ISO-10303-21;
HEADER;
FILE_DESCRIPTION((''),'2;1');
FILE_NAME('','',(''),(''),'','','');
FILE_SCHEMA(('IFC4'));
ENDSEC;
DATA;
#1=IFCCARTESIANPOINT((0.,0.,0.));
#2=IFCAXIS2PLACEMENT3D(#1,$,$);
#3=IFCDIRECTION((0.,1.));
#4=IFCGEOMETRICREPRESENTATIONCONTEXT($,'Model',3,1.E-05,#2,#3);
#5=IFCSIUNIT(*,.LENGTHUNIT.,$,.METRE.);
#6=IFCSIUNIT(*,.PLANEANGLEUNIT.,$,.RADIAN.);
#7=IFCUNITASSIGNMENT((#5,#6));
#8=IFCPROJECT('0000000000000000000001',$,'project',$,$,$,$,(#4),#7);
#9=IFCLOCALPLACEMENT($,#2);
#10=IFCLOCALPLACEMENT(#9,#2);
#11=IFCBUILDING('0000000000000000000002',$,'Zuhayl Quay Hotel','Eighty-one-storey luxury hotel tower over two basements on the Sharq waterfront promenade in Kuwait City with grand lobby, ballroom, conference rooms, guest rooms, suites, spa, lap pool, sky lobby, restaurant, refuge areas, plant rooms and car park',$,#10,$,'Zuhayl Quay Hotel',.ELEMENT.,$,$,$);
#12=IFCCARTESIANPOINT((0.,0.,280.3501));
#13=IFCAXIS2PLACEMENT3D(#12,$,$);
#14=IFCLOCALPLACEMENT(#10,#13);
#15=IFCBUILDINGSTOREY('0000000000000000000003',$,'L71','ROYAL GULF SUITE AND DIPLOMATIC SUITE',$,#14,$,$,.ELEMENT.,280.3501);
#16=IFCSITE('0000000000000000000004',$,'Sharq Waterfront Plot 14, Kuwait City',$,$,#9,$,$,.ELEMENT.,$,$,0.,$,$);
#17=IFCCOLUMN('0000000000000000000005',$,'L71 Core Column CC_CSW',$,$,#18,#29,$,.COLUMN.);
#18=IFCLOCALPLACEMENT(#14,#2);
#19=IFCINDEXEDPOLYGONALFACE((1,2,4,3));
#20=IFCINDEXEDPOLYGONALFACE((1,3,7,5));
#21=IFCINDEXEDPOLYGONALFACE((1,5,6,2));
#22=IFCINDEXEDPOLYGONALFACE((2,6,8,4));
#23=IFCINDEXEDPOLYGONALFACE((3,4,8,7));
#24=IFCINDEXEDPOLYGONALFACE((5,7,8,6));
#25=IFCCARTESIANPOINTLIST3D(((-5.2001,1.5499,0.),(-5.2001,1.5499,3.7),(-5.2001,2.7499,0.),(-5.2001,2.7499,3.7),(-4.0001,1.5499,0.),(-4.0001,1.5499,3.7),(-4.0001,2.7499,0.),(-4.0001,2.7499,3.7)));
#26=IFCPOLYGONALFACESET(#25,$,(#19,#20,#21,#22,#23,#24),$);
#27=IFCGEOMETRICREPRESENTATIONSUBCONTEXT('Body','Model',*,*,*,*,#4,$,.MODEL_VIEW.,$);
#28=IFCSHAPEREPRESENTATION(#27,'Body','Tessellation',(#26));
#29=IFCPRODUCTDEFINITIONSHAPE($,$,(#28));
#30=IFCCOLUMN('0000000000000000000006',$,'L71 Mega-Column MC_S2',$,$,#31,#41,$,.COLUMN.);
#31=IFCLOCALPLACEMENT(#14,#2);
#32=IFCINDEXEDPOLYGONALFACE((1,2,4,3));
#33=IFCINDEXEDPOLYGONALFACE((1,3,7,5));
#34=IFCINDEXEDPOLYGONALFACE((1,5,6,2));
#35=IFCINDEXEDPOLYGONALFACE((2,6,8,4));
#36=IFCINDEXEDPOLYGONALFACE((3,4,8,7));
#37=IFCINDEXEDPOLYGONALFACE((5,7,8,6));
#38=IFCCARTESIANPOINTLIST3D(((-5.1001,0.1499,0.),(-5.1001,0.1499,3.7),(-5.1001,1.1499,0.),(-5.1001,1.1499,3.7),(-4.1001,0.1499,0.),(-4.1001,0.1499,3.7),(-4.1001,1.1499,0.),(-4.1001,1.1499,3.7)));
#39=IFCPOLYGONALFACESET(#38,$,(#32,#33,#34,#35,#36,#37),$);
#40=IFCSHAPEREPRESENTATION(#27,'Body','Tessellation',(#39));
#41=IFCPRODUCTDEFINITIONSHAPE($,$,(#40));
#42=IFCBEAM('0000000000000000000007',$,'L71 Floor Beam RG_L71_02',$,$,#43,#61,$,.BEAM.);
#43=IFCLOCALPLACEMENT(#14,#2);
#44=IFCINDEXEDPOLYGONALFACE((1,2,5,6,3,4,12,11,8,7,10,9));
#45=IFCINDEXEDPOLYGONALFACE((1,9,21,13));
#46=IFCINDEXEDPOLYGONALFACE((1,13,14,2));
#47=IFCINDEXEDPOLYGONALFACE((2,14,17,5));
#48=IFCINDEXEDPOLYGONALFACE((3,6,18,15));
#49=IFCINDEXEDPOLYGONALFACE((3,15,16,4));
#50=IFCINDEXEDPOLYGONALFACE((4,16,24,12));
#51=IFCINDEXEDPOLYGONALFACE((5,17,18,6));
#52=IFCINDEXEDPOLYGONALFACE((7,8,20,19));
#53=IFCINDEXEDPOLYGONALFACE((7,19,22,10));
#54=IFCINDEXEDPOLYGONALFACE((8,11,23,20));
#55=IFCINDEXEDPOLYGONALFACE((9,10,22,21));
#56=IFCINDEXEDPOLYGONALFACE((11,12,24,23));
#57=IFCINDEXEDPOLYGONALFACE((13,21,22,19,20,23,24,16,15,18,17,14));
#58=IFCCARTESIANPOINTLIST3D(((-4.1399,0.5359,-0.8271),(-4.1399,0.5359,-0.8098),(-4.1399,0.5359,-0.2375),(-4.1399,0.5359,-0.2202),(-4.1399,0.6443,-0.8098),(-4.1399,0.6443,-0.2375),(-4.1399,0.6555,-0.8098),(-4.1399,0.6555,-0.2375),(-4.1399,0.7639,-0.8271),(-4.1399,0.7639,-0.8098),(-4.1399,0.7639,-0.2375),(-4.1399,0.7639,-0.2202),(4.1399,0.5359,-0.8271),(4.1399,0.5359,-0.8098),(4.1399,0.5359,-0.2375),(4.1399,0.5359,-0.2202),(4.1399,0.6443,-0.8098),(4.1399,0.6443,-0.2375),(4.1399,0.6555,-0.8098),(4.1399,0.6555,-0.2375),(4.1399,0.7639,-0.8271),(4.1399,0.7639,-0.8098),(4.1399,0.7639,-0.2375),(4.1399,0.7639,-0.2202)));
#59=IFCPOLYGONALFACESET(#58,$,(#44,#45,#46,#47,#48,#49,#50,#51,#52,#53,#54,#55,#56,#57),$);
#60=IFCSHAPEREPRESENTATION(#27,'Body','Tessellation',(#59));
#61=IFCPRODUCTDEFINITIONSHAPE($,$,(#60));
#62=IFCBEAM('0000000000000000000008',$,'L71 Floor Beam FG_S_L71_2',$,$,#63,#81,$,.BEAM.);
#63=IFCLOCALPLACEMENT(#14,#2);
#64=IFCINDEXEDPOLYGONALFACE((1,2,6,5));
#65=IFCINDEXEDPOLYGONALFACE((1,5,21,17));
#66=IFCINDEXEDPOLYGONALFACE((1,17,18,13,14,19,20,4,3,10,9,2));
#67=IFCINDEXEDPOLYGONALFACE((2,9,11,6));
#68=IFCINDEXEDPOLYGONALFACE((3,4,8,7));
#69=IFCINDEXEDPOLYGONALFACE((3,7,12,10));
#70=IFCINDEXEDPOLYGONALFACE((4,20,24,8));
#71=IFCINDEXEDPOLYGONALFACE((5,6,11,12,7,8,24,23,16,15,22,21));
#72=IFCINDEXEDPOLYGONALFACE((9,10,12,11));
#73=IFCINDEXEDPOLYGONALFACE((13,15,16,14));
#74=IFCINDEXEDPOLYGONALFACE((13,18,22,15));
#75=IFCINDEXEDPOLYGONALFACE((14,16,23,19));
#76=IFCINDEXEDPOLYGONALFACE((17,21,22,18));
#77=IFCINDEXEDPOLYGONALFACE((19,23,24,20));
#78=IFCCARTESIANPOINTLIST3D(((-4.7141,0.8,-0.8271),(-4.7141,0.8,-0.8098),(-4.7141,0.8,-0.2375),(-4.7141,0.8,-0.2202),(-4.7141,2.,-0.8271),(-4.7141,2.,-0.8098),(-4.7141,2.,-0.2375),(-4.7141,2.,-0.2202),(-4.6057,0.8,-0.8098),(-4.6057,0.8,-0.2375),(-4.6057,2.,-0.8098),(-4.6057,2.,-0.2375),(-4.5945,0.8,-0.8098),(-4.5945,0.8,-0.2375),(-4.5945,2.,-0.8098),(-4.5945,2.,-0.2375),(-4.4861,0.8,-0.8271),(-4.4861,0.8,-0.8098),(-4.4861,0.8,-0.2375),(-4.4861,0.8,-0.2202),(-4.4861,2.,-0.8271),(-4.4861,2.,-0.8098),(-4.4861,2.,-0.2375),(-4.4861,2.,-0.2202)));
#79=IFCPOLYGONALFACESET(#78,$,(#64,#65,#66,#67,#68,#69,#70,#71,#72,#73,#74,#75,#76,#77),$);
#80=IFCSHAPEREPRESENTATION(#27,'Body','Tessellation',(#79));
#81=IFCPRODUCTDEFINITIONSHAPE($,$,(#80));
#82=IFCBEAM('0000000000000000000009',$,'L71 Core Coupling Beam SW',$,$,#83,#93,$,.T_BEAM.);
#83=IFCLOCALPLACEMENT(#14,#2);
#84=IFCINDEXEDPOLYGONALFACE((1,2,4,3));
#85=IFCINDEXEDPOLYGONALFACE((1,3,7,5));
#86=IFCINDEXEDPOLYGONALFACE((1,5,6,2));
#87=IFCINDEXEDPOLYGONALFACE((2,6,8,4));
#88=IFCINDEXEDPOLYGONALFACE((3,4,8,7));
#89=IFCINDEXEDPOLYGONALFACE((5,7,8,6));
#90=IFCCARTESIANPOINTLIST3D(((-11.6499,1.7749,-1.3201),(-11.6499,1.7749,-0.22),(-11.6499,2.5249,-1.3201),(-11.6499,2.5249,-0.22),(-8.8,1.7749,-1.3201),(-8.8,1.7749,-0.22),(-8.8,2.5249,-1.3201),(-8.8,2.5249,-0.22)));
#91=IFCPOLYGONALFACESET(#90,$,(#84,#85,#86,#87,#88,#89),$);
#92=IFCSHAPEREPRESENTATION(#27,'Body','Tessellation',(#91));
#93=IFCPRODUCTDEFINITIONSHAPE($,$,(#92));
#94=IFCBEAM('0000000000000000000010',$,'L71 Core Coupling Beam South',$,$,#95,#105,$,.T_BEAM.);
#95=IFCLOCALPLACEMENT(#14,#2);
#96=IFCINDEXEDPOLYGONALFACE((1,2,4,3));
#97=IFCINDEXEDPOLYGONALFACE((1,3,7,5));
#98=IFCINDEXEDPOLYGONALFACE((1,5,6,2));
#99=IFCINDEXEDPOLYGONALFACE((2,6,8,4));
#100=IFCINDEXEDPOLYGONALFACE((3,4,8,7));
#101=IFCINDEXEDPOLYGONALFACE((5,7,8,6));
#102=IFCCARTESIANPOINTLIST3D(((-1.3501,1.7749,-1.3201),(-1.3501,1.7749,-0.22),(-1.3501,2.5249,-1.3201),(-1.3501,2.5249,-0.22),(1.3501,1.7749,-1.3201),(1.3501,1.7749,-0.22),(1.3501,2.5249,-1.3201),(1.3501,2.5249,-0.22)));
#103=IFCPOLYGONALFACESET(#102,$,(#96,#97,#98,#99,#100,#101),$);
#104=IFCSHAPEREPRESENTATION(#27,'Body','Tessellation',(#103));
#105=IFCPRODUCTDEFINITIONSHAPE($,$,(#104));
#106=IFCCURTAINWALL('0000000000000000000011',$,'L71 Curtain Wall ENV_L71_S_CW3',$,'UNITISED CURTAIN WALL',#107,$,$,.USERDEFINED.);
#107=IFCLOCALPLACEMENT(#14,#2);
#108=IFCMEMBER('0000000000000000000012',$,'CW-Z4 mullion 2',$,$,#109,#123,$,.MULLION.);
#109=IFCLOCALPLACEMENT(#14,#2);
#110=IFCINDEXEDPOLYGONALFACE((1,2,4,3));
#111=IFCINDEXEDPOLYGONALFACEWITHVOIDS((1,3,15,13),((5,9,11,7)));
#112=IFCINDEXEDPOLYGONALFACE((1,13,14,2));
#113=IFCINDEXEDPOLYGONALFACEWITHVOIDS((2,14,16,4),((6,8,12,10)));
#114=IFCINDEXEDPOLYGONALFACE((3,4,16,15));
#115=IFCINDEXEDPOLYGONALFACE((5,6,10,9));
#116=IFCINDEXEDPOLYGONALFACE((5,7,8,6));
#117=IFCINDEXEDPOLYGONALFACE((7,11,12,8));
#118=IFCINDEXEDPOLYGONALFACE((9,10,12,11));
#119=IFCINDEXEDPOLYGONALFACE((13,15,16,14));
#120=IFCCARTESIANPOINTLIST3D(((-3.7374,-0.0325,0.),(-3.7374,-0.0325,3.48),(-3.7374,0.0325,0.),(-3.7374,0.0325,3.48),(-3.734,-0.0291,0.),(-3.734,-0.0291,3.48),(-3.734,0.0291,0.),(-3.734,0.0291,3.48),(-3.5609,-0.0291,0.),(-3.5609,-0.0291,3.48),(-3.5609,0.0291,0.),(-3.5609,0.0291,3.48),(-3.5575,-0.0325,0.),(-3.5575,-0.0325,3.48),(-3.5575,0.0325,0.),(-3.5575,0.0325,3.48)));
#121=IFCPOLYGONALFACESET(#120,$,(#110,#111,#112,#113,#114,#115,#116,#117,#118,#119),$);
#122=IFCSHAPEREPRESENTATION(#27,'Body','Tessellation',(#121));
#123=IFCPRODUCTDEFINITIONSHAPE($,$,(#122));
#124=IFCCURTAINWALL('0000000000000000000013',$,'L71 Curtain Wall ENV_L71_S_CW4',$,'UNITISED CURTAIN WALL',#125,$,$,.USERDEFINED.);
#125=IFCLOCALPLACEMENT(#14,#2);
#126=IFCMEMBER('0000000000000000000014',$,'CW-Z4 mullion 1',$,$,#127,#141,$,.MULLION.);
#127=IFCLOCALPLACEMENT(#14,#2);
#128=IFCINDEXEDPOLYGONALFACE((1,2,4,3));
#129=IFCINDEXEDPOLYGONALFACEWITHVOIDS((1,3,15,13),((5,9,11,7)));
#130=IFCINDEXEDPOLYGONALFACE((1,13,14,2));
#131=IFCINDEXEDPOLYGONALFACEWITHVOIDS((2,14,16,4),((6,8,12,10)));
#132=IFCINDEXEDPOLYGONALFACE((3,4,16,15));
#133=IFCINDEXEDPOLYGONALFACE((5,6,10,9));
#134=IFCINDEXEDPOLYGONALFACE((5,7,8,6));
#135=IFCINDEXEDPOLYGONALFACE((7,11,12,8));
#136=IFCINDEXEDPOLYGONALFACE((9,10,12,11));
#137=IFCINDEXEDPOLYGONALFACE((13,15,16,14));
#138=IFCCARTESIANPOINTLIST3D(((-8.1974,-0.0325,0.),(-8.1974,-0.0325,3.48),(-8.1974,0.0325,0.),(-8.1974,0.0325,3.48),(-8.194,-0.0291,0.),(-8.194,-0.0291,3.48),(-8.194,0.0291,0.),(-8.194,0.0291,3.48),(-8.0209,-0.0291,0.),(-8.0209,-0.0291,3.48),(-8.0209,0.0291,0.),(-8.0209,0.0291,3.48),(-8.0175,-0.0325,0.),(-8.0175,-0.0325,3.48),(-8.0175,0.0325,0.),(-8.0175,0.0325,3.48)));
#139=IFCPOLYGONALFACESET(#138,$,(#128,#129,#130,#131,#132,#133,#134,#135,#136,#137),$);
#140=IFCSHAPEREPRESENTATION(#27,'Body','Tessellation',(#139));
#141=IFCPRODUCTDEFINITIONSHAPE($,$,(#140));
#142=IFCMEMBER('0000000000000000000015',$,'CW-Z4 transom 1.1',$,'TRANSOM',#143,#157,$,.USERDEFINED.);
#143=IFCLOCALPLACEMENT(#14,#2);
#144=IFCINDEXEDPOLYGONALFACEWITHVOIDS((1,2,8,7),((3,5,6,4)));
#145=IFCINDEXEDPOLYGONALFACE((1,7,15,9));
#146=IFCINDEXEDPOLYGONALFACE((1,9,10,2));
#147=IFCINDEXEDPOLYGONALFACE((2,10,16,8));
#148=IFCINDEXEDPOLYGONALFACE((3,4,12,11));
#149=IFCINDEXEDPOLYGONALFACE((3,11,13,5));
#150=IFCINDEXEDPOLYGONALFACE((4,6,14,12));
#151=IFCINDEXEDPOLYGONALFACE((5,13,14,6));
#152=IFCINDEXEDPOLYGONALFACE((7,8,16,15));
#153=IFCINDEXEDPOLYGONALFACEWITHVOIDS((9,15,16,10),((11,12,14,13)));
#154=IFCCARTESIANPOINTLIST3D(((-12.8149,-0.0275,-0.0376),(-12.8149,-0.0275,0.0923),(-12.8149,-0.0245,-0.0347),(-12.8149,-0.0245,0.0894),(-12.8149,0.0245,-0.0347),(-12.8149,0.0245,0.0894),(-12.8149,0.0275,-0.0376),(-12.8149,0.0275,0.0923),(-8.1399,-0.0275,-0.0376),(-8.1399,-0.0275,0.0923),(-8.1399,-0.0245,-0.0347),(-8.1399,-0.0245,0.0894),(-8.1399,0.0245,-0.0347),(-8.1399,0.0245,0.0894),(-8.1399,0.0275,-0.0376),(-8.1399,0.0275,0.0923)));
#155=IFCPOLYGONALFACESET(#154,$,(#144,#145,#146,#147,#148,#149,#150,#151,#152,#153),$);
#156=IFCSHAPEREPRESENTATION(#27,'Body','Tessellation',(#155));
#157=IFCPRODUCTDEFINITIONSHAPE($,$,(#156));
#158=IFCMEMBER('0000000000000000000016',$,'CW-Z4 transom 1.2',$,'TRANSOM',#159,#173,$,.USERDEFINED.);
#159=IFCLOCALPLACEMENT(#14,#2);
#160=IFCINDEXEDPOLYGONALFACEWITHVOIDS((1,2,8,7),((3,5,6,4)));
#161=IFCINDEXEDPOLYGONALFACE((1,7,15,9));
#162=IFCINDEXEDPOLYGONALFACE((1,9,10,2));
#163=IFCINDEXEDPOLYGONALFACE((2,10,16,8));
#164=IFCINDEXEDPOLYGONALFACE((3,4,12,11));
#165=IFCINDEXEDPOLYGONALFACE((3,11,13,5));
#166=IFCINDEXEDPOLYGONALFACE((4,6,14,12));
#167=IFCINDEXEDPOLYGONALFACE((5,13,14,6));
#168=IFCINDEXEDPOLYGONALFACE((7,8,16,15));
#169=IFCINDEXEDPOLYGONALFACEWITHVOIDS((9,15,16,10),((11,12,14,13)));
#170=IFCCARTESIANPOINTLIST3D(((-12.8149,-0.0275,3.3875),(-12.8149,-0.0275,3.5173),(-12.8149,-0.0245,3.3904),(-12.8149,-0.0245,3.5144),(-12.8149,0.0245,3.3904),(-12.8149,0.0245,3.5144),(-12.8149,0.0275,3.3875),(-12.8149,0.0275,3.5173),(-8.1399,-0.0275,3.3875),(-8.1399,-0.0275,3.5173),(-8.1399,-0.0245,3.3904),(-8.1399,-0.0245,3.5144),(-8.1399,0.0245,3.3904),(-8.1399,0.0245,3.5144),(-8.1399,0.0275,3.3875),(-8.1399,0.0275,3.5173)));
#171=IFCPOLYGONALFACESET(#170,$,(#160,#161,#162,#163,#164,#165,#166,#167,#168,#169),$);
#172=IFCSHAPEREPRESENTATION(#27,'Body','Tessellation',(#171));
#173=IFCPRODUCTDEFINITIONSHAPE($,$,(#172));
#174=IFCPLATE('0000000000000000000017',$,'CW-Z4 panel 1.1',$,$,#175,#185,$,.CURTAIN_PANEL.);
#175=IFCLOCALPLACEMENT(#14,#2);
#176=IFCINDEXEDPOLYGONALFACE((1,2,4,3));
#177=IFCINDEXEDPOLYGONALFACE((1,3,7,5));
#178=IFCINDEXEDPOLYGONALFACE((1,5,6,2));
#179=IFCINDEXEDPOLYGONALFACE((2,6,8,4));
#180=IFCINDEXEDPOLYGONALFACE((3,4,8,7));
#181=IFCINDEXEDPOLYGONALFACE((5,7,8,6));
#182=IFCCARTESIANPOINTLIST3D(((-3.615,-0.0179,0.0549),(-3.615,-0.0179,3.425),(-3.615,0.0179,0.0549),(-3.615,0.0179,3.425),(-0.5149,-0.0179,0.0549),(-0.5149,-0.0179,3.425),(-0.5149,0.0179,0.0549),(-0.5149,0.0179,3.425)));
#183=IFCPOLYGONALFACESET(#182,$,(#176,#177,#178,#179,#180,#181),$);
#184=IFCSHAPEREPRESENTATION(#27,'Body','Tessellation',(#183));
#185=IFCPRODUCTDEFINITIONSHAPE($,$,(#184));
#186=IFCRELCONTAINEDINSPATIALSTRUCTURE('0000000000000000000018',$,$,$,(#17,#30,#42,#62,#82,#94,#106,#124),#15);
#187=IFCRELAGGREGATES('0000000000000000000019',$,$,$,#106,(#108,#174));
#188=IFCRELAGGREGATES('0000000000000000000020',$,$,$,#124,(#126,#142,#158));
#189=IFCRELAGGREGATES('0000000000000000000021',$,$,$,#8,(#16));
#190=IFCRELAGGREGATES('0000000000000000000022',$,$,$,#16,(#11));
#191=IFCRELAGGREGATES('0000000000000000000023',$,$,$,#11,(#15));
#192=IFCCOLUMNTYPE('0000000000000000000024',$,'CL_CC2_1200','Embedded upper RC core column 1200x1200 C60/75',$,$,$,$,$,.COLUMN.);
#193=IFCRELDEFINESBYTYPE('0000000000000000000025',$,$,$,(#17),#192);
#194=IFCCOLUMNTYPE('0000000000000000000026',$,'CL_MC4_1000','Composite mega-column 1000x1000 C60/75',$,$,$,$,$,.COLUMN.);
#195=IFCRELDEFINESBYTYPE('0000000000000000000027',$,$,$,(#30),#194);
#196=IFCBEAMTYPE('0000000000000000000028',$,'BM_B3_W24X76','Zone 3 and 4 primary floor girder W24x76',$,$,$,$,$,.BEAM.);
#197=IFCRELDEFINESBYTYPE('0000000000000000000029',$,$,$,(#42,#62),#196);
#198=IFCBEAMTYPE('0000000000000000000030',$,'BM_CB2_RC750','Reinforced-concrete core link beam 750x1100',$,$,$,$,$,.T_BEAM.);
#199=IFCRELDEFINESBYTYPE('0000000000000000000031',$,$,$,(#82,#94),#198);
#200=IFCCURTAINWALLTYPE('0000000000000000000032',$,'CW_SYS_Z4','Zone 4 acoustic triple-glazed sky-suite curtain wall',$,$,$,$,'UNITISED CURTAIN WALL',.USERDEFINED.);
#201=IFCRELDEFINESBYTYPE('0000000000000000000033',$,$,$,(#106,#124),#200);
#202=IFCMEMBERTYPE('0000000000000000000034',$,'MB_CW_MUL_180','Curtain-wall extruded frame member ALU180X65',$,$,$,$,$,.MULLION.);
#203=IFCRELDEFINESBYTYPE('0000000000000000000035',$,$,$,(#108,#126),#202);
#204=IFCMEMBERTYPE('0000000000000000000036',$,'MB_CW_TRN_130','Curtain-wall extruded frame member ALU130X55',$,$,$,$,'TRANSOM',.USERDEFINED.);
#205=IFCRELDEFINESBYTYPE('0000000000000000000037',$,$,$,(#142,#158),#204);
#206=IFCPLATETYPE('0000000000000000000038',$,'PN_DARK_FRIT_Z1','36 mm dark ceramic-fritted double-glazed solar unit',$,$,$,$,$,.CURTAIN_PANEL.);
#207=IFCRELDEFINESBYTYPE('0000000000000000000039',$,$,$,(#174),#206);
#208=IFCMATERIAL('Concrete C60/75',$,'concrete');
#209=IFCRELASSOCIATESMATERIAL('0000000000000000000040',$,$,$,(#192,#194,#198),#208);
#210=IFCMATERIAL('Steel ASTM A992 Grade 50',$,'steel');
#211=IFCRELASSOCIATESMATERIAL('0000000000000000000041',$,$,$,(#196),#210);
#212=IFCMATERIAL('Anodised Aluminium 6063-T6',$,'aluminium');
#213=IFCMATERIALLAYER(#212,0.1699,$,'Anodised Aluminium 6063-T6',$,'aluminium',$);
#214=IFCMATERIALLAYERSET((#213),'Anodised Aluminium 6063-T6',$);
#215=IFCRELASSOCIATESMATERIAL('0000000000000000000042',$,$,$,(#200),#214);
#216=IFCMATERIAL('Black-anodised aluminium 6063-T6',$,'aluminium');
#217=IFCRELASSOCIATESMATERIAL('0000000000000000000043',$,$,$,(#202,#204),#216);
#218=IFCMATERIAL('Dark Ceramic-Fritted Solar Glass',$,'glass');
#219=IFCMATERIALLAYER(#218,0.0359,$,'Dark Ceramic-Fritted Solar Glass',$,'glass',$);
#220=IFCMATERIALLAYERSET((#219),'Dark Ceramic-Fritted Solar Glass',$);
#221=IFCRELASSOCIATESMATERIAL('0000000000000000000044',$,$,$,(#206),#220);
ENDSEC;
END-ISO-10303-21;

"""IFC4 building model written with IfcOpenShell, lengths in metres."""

from ifc_helpers import new_model, si_unit, direction, frame, origin, origin_2d, place, context, subcontext, project, spatial, rectangle, hollow_rectangle, i_section, extrude, material, layer, layer_set, material_profile, profile_set, type_object, element, aggregate, save


model = new_model("IFC4")

# Units and contexts
model_context = context("Model", 3, precision=1e-05, world=origin(), true_north=direction((0.0, 1.0)))
body_context = subcontext(model_context, "Body", "Model", "MODEL_VIEW")
ifc_project = project(units=[si_unit("LENGTHUNIT", "METRE"), si_unit("PLANEANGLEUNIT", "RADIAN")], contexts=[model_context])

# Site, building, storey
site_placement = place(None, origin())
site = spatial("IfcSite", under=ifc_project, at=site_placement, Name="Sharq Waterfront Plot 14, Kuwait City", CompositionType="ELEMENT", RefElevation=0.0)
building_placement = place(site_placement, origin())
building = spatial("IfcBuilding", under=site, at=building_placement, Name="Zuhayl Quay Hotel", Description="Eighty-one-storey luxury hotel tower over two basements on the Sharq waterfront promenade in Kuwait City with grand lobby, ballroom, conference rooms, guest rooms, suites, spa, lap pool, sky lobby, restaurant, refuge areas, plant rooms and car park", LongName="Zuhayl Quay Hotel", CompositionType="ELEMENT")
storey_placement = place(building_placement, frame((0.0, 0.0, 280.3501)))
storey = spatial("IfcBuildingStorey", under=building, at=storey_placement, Name="L71", Description="ROYAL GULF SUITE AND DIPLOMATIC SUITE", CompositionType="ELEMENT", Elevation=280.3501)

# Columns
ifc_material_1 = material(Name="Concrete C60/75", Category="concrete")
ifc_material_profile_1 = material_profile(ifc_material_1, rectangle(XDim=1.2, YDim=1.2, at=origin_2d()), Name="RC1200X1200")
ifc_profile_set_1 = profile_set([ifc_material_profile_1], Name="Concrete C60/75")
column_type_1 = type_object("IfcColumnType", Name="CL_CC2_1200", Description="Embedded upper RC core column 1200x1200 C60/75", PredefinedType="COLUMN", material=ifc_profile_set_1)
column_1_placement = place(storey_placement, frame((-4.6001, 2.1499, 0.0), z_axis=(0.0, 0.0, 1.0), x_axis=(1.0, 0.0, 0.0)))
element("IfcColumn", 1, at=column_1_placement, inside=storey, type_object=column_type_1, Name="L71 Core Column CC_CSW", PredefinedType="COLUMN", context=body_context, shape_type="SweptSolid", body=[
    extrude(rectangle(XDim=1.2, YDim=1.2, at=origin_2d()), origin(), (0.0, 0.0, 1.0), 3.7),
])
ifc_material_profile_2 = material_profile(ifc_material_1, rectangle(XDim=1.0, YDim=1.0, at=origin_2d()), Name="RC1000X1000")
ifc_profile_set_2 = profile_set([ifc_material_profile_2], Name="Concrete C60/75")
column_type_2 = type_object("IfcColumnType", Name="CL_MC4_1000", Description="Composite mega-column 1000x1000 C60/75", PredefinedType="COLUMN", material=ifc_profile_set_2)
column_2_placement = place(storey_placement, frame((-4.6001, 0.6499, 0.0), z_axis=(0.0, 0.0, 1.0), x_axis=(1.0, 0.0, 0.0)))
element("IfcColumn", 2, at=column_2_placement, inside=storey, type_object=column_type_2, Name="L71 Mega-Column MC_S2", PredefinedType="COLUMN", context=body_context, shape_type="SweptSolid", body=[
    extrude(rectangle(XDim=1.0, YDim=1.0, at=origin_2d()), origin(), (0.0, 0.0, 1.0), 3.7),
])

# Beams
ifc_material_2 = material(Name="Steel ASTM A992 Grade 50", Category="steel")
ifc_material_profile_3 = material_profile(ifc_material_2, i_section(OverallWidth=0.228, OverallDepth=0.6069, WebThickness=0.0112, FlangeThickness=0.0173, at=origin_2d()), Name="W24X76")
ifc_profile_set_3 = profile_set([ifc_material_profile_3], Name="Steel ASTM A992 Grade 50")
beam_type_1 = type_object("IfcBeamType", Name="BM_B3_W24X76", Description="Zone 3 and 4 primary floor girder W24x76", PredefinedType="BEAM", material=ifc_profile_set_3)
beam_1_placement = place(storey_placement, frame((-4.1399, 0.6499, -0.5237), z_axis=(1.0, 0.0, 0.0), x_axis=(0.0, 1.0, 0.0)))
element("IfcBeam", 3, at=beam_1_placement, inside=storey, type_object=beam_type_1, Name="L71 Floor Beam RG_L71_02", PredefinedType="BEAM", context=body_context, shape_type="SweptSolid", body=[
    extrude(i_section(OverallWidth=0.228, OverallDepth=0.6069, WebThickness=0.0112, FlangeThickness=0.0173, at=origin_2d()), origin(), (0.0, 0.0, 1.0), 8.2798),
])
beam_2_placement = place(storey_placement, frame((-4.6001, 0.8, -0.5237), z_axis=(0.0, 1.0, 0.0), x_axis=(-1.0, 0.0, 0.0)))
element("IfcBeam", 4, at=beam_2_placement, inside=storey, type_object=beam_type_1, Name="L71 Floor Beam FG_S_L71_2", PredefinedType="BEAM", context=body_context, shape_type="SweptSolid", body=[
    extrude(i_section(OverallWidth=0.228, OverallDepth=0.6069, WebThickness=0.0112, FlangeThickness=0.0173, at=origin_2d()), origin(), (0.0, 0.0, 1.0), 1.2),
])
ifc_material_profile_4 = material_profile(ifc_material_1, rectangle(XDim=0.75, YDim=1.1001, at=origin_2d()), Name="RC750X1100")
ifc_profile_set_4 = profile_set([ifc_material_profile_4], Name="Concrete C60/75")
beam_type_2 = type_object("IfcBeamType", Name="BM_CB2_RC750", Description="Reinforced-concrete core link beam 750x1100", PredefinedType="T_BEAM", material=ifc_profile_set_4)
beam_3_placement = place(storey_placement, frame((-11.6499, 2.1499, -0.77), z_axis=(1.0, 0.0, 0.0), x_axis=(0.0, 1.0, 0.0)))
element("IfcBeam", 5, at=beam_3_placement, inside=storey, type_object=beam_type_2, Name="L71 Core Coupling Beam SW", PredefinedType="T_BEAM", context=body_context, shape_type="SweptSolid", body=[
    extrude(rectangle(XDim=0.75, YDim=1.1001, at=origin_2d()), origin(), (0.0, 0.0, 1.0), 2.8499),
])
beam_4_placement = place(storey_placement, frame((-1.3501, 2.1499, -0.77), z_axis=(1.0, 0.0, 0.0), x_axis=(0.0, 1.0, 0.0)))
element("IfcBeam", 6, at=beam_4_placement, inside=storey, type_object=beam_type_2, Name="L71 Core Coupling Beam South", PredefinedType="T_BEAM", context=body_context, shape_type="SweptSolid", body=[
    extrude(rectangle(XDim=0.75, YDim=1.1001, at=origin_2d()), origin(), (0.0, 0.0, 1.0), 2.7002),
])

# Curtain wall, member
ifc_material_3 = material(Name="Anodised Aluminium 6063-T6", Category="aluminium")
ifc_layer_1 = layer(ifc_material_3, 0.1699, Name="Anodised Aluminium 6063-T6", Category="aluminium")
ifc_layer_set_1 = layer_set([ifc_layer_1], Name="Anodised Aluminium 6063-T6")
curtain_wall_type = type_object("IfcCurtainWallType", Name="CW_SYS_Z4", Description="Zone 4 acoustic triple-glazed sky-suite curtain wall", ElementType="UNITISED CURTAIN WALL", PredefinedType="USERDEFINED", material=ifc_layer_set_1)
curtain_wall_1_placement = place(storey_placement, origin())
curtain_wall_1 = element("IfcCurtainWall", 7, at=curtain_wall_1_placement, inside=storey, type_object=curtain_wall_type, Name="L71 Curtain Wall ENV_L71_S_CW3", ObjectType="UNITISED CURTAIN WALL", PredefinedType="USERDEFINED")
ifc_material_4 = material(Name="Black-anodised aluminium 6063-T6", Category="aluminium")
ifc_material_profile_5 = material_profile(ifc_material_4, hollow_rectangle(XDim=0.0649, YDim=0.1799, WallThickness=0.0034, at=origin_2d()), Name="ALU180X65")
ifc_profile_set_5 = profile_set([ifc_material_profile_5], Name="Black-anodised aluminium 6063-T6")
member_type_1 = type_object("IfcMemberType", Name="MB_CW_MUL_180", Description="Curtain-wall extruded frame member ALU180X65", PredefinedType="MULLION", material=ifc_profile_set_5)
member_1_placement = place(storey_placement, frame((-3.6475, 0.0, 0.0), z_axis=(0.0, 0.0, 1.0), x_axis=(0.0, -1.0, 0.0)))
member_1 = element("IfcMember", 8, at=member_1_placement, type_object=member_type_1, Name="CW-Z4 mullion 2", PredefinedType="MULLION", context=body_context, shape_type="SweptSolid", body=[
    extrude(hollow_rectangle(XDim=0.0649, YDim=0.1799, WallThickness=0.0034, at=origin_2d()), origin(), (0.0, 0.0, 1.0), 3.48),
])

# Curtain wall, members
curtain_wall_2_placement = place(storey_placement, origin())
curtain_wall_2 = element("IfcCurtainWall", 9, at=curtain_wall_2_placement, inside=storey, type_object=curtain_wall_type, Name="L71 Curtain Wall ENV_L71_S_CW4", ObjectType="UNITISED CURTAIN WALL", PredefinedType="USERDEFINED")
member_2_placement = place(storey_placement, frame((-8.1074, 0.0, 0.0), z_axis=(0.0, 0.0, 1.0), x_axis=(0.0, -1.0, 0.0)))
member_2 = element("IfcMember", 10, at=member_2_placement, type_object=member_type_1, Name="CW-Z4 mullion 1", PredefinedType="MULLION", context=body_context, shape_type="SweptSolid", body=[
    extrude(hollow_rectangle(XDim=0.0649, YDim=0.1799, WallThickness=0.0034, at=origin_2d()), origin(), (0.0, 0.0, 1.0), 3.48),
])
ifc_material_profile_6 = material_profile(ifc_material_4, hollow_rectangle(XDim=0.0549, YDim=0.1299, WallThickness=0.0029, at=origin_2d()), Name="ALU130X55")
ifc_profile_set_6 = profile_set([ifc_material_profile_6], Name="Black-anodised aluminium 6063-T6")
member_type_2 = type_object("IfcMemberType", Name="MB_CW_TRN_130", Description="Curtain-wall extruded frame member ALU130X55", ElementType="TRANSOM", PredefinedType="USERDEFINED", material=ifc_profile_set_6)
member_3_placement = place(storey_placement, frame((-8.1399, 0.0, 0.0273), z_axis=(-1.0, 0.0, 0.0), x_axis=(0.0, -1.0, 0.0)))
member_3 = element("IfcMember", 11, at=member_3_placement, type_object=member_type_2, Name="CW-Z4 transom 1.1", ObjectType="TRANSOM", PredefinedType="USERDEFINED", context=body_context, shape_type="SweptSolid", body=[
    extrude(hollow_rectangle(XDim=0.0549, YDim=0.1299, WallThickness=0.0029, at=origin_2d()), origin(), (0.0, 0.0, 1.0), 4.675),
])
member_4_placement = place(storey_placement, frame((-8.1399, 0.0, 3.4524), z_axis=(-1.0, 0.0, 0.0), x_axis=(0.0, -1.0, 0.0)))
member_4 = element("IfcMember", 12, at=member_4_placement, type_object=member_type_2, Name="CW-Z4 transom 1.2", ObjectType="TRANSOM", PredefinedType="USERDEFINED", context=body_context, shape_type="SweptSolid", body=[
    extrude(hollow_rectangle(XDim=0.0549, YDim=0.1299, WallThickness=0.0029, at=origin_2d()), origin(), (0.0, 0.0, 1.0), 4.675),
])

# Plate
ifc_material_5 = material(Name="Dark Ceramic-Fritted Solar Glass", Category="glass")
ifc_layer_2 = layer(ifc_material_5, 0.0359, Name="Dark Ceramic-Fritted Solar Glass", Category="glass")
ifc_layer_set_2 = layer_set([ifc_layer_2], Name="Dark Ceramic-Fritted Solar Glass")
plate_type = type_object("IfcPlateType", Name="PN_DARK_FRIT_Z1", Description="36 mm dark ceramic-fritted double-glazed solar unit", PredefinedType="CURTAIN_PANEL", material=ifc_layer_set_2)
plate_1_placement = place(storey_placement, frame((-2.0649, 0.0, 0.0549), z_axis=(0.0, 0.0, 1.0), x_axis=(-1.0, 0.0, 0.0)))
plate_1 = element("IfcPlate", 13, at=plate_1_placement, type_object=plate_type, Name="CW-Z4 panel 1.1", PredefinedType="CURTAIN_PANEL", context=body_context, shape_type="SweptSolid", body=[
    extrude(rectangle(XDim=3.1001, YDim=0.0359, at=origin_2d()), origin(), (0.0, 0.0, 1.0), 3.3701),
])
aggregate(curtain_wall_1, [member_1, plate_1])
aggregate(curtain_wall_2, [member_2, member_3, member_4])

save(model, "model.ifc")
